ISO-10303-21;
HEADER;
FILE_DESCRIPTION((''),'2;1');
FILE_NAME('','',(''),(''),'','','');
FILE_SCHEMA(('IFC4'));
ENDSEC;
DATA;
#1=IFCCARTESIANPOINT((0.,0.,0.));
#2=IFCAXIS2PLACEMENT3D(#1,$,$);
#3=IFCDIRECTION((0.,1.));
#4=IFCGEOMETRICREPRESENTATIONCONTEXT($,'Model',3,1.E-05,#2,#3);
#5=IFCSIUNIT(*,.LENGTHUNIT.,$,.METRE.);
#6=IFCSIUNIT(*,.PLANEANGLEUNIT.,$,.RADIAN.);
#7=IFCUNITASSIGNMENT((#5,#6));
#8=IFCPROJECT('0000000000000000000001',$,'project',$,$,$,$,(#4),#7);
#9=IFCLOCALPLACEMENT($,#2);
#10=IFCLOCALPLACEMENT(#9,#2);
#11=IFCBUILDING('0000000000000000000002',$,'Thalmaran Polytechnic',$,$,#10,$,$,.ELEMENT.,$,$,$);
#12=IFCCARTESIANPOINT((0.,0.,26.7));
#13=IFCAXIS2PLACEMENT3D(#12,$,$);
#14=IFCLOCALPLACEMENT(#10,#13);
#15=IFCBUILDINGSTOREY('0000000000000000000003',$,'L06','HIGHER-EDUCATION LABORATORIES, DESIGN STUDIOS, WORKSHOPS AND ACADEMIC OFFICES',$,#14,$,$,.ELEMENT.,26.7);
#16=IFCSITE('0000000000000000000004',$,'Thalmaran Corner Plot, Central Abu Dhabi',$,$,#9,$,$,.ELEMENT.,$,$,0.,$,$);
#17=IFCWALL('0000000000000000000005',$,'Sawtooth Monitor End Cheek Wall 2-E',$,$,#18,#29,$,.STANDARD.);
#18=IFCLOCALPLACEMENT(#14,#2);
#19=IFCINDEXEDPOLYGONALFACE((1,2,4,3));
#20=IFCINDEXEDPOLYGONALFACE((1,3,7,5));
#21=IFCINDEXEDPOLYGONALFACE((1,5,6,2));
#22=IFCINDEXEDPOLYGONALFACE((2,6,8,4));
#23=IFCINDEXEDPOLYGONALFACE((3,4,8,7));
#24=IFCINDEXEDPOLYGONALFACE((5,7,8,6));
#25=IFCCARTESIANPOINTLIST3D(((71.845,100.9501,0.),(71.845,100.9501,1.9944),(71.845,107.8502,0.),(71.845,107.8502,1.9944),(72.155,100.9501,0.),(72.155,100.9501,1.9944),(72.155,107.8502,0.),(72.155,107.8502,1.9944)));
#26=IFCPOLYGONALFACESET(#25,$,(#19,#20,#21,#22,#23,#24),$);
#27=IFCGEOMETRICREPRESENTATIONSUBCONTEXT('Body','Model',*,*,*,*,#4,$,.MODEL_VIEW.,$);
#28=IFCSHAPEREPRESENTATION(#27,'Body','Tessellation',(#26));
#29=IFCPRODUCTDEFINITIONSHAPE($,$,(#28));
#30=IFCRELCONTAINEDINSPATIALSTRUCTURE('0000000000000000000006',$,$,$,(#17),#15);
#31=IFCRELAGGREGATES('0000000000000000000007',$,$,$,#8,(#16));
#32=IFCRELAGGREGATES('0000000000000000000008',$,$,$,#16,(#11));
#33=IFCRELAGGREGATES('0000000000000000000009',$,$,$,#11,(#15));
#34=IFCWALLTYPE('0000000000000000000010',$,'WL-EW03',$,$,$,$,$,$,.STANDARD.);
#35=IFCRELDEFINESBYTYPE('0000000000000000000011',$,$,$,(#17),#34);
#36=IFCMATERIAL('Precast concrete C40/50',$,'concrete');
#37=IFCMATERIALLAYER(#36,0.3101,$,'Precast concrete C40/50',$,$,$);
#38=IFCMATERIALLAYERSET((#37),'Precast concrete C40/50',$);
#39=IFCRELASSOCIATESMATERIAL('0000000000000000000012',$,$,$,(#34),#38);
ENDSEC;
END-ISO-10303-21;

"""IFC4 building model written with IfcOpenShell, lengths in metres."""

from ifc_helpers import new_model, si_unit, direction, frame, frame_2d, origin, place, context, subcontext, project, spatial, rectangle, extrude, material, layer, layer_set, type_object, element, save


model = new_model("IFC4")

# Units and contexts
model_context = context("Model", 3, precision=1e-05, world=origin(), true_north=direction((0.0, 1.0)))
body_context = subcontext(model_context, "Body", "Model", "MODEL_VIEW")
ifc_project = project(units=[si_unit("LENGTHUNIT", "METRE"), si_unit("PLANEANGLEUNIT", "RADIAN")], contexts=[model_context])

# Site, building, storey
site_placement = place(None, origin())
site = spatial("IfcSite", under=ifc_project, at=site_placement, Name="Thalmaran Corner Plot, Central Abu Dhabi", CompositionType="ELEMENT", RefElevation=0.0)
building_placement = place(site_placement, origin())
building = spatial("IfcBuilding", under=site, at=building_placement, Name="Thalmaran Polytechnic", CompositionType="ELEMENT")
storey_placement = place(building_placement, frame((0.0, 0.0, 26.7)))
storey = spatial("IfcBuildingStorey", under=building, at=storey_placement, Name="L06", Description="HIGHER-EDUCATION LABORATORIES, DESIGN STUDIOS, WORKSHOPS AND ACADEMIC OFFICES", CompositionType="ELEMENT", Elevation=26.7)

# Shared definitions
ifc_material_1 = material(Name="Precast concrete C40/50", Category="concrete")
ifc_layer = layer(ifc_material_1, 0.3101, Name="Precast concrete C40/50")
ifc_layer_set = layer_set([ifc_layer], Name="Precast concrete C40/50")
wall_type = type_object("IfcWallType", Name="WL-EW03", PredefinedType="STANDARD", material=ifc_layer_set)

# Wall
wall_1_placement = place(storey_placement, frame((72.0, 100.95, 0.0), z_axis=(0.0, 0.0, 1.0), x_axis=(0.0, 1.0, 0.0)))
element("IfcWall", 1, at=wall_1_placement, inside=storey, type_object=wall_type, Name="Sawtooth Monitor End Cheek Wall 2-E", PredefinedType="STANDARD", context=body_context, shape_type="SweptSolid", body=[
    extrude(rectangle(XDim=6.9001, YDim=0.3101, at=frame_2d((3.4502, 0.0))), origin(), (0.0, 0.0, 1.0), 1.9944),
])

save(model, "model.ifc")
